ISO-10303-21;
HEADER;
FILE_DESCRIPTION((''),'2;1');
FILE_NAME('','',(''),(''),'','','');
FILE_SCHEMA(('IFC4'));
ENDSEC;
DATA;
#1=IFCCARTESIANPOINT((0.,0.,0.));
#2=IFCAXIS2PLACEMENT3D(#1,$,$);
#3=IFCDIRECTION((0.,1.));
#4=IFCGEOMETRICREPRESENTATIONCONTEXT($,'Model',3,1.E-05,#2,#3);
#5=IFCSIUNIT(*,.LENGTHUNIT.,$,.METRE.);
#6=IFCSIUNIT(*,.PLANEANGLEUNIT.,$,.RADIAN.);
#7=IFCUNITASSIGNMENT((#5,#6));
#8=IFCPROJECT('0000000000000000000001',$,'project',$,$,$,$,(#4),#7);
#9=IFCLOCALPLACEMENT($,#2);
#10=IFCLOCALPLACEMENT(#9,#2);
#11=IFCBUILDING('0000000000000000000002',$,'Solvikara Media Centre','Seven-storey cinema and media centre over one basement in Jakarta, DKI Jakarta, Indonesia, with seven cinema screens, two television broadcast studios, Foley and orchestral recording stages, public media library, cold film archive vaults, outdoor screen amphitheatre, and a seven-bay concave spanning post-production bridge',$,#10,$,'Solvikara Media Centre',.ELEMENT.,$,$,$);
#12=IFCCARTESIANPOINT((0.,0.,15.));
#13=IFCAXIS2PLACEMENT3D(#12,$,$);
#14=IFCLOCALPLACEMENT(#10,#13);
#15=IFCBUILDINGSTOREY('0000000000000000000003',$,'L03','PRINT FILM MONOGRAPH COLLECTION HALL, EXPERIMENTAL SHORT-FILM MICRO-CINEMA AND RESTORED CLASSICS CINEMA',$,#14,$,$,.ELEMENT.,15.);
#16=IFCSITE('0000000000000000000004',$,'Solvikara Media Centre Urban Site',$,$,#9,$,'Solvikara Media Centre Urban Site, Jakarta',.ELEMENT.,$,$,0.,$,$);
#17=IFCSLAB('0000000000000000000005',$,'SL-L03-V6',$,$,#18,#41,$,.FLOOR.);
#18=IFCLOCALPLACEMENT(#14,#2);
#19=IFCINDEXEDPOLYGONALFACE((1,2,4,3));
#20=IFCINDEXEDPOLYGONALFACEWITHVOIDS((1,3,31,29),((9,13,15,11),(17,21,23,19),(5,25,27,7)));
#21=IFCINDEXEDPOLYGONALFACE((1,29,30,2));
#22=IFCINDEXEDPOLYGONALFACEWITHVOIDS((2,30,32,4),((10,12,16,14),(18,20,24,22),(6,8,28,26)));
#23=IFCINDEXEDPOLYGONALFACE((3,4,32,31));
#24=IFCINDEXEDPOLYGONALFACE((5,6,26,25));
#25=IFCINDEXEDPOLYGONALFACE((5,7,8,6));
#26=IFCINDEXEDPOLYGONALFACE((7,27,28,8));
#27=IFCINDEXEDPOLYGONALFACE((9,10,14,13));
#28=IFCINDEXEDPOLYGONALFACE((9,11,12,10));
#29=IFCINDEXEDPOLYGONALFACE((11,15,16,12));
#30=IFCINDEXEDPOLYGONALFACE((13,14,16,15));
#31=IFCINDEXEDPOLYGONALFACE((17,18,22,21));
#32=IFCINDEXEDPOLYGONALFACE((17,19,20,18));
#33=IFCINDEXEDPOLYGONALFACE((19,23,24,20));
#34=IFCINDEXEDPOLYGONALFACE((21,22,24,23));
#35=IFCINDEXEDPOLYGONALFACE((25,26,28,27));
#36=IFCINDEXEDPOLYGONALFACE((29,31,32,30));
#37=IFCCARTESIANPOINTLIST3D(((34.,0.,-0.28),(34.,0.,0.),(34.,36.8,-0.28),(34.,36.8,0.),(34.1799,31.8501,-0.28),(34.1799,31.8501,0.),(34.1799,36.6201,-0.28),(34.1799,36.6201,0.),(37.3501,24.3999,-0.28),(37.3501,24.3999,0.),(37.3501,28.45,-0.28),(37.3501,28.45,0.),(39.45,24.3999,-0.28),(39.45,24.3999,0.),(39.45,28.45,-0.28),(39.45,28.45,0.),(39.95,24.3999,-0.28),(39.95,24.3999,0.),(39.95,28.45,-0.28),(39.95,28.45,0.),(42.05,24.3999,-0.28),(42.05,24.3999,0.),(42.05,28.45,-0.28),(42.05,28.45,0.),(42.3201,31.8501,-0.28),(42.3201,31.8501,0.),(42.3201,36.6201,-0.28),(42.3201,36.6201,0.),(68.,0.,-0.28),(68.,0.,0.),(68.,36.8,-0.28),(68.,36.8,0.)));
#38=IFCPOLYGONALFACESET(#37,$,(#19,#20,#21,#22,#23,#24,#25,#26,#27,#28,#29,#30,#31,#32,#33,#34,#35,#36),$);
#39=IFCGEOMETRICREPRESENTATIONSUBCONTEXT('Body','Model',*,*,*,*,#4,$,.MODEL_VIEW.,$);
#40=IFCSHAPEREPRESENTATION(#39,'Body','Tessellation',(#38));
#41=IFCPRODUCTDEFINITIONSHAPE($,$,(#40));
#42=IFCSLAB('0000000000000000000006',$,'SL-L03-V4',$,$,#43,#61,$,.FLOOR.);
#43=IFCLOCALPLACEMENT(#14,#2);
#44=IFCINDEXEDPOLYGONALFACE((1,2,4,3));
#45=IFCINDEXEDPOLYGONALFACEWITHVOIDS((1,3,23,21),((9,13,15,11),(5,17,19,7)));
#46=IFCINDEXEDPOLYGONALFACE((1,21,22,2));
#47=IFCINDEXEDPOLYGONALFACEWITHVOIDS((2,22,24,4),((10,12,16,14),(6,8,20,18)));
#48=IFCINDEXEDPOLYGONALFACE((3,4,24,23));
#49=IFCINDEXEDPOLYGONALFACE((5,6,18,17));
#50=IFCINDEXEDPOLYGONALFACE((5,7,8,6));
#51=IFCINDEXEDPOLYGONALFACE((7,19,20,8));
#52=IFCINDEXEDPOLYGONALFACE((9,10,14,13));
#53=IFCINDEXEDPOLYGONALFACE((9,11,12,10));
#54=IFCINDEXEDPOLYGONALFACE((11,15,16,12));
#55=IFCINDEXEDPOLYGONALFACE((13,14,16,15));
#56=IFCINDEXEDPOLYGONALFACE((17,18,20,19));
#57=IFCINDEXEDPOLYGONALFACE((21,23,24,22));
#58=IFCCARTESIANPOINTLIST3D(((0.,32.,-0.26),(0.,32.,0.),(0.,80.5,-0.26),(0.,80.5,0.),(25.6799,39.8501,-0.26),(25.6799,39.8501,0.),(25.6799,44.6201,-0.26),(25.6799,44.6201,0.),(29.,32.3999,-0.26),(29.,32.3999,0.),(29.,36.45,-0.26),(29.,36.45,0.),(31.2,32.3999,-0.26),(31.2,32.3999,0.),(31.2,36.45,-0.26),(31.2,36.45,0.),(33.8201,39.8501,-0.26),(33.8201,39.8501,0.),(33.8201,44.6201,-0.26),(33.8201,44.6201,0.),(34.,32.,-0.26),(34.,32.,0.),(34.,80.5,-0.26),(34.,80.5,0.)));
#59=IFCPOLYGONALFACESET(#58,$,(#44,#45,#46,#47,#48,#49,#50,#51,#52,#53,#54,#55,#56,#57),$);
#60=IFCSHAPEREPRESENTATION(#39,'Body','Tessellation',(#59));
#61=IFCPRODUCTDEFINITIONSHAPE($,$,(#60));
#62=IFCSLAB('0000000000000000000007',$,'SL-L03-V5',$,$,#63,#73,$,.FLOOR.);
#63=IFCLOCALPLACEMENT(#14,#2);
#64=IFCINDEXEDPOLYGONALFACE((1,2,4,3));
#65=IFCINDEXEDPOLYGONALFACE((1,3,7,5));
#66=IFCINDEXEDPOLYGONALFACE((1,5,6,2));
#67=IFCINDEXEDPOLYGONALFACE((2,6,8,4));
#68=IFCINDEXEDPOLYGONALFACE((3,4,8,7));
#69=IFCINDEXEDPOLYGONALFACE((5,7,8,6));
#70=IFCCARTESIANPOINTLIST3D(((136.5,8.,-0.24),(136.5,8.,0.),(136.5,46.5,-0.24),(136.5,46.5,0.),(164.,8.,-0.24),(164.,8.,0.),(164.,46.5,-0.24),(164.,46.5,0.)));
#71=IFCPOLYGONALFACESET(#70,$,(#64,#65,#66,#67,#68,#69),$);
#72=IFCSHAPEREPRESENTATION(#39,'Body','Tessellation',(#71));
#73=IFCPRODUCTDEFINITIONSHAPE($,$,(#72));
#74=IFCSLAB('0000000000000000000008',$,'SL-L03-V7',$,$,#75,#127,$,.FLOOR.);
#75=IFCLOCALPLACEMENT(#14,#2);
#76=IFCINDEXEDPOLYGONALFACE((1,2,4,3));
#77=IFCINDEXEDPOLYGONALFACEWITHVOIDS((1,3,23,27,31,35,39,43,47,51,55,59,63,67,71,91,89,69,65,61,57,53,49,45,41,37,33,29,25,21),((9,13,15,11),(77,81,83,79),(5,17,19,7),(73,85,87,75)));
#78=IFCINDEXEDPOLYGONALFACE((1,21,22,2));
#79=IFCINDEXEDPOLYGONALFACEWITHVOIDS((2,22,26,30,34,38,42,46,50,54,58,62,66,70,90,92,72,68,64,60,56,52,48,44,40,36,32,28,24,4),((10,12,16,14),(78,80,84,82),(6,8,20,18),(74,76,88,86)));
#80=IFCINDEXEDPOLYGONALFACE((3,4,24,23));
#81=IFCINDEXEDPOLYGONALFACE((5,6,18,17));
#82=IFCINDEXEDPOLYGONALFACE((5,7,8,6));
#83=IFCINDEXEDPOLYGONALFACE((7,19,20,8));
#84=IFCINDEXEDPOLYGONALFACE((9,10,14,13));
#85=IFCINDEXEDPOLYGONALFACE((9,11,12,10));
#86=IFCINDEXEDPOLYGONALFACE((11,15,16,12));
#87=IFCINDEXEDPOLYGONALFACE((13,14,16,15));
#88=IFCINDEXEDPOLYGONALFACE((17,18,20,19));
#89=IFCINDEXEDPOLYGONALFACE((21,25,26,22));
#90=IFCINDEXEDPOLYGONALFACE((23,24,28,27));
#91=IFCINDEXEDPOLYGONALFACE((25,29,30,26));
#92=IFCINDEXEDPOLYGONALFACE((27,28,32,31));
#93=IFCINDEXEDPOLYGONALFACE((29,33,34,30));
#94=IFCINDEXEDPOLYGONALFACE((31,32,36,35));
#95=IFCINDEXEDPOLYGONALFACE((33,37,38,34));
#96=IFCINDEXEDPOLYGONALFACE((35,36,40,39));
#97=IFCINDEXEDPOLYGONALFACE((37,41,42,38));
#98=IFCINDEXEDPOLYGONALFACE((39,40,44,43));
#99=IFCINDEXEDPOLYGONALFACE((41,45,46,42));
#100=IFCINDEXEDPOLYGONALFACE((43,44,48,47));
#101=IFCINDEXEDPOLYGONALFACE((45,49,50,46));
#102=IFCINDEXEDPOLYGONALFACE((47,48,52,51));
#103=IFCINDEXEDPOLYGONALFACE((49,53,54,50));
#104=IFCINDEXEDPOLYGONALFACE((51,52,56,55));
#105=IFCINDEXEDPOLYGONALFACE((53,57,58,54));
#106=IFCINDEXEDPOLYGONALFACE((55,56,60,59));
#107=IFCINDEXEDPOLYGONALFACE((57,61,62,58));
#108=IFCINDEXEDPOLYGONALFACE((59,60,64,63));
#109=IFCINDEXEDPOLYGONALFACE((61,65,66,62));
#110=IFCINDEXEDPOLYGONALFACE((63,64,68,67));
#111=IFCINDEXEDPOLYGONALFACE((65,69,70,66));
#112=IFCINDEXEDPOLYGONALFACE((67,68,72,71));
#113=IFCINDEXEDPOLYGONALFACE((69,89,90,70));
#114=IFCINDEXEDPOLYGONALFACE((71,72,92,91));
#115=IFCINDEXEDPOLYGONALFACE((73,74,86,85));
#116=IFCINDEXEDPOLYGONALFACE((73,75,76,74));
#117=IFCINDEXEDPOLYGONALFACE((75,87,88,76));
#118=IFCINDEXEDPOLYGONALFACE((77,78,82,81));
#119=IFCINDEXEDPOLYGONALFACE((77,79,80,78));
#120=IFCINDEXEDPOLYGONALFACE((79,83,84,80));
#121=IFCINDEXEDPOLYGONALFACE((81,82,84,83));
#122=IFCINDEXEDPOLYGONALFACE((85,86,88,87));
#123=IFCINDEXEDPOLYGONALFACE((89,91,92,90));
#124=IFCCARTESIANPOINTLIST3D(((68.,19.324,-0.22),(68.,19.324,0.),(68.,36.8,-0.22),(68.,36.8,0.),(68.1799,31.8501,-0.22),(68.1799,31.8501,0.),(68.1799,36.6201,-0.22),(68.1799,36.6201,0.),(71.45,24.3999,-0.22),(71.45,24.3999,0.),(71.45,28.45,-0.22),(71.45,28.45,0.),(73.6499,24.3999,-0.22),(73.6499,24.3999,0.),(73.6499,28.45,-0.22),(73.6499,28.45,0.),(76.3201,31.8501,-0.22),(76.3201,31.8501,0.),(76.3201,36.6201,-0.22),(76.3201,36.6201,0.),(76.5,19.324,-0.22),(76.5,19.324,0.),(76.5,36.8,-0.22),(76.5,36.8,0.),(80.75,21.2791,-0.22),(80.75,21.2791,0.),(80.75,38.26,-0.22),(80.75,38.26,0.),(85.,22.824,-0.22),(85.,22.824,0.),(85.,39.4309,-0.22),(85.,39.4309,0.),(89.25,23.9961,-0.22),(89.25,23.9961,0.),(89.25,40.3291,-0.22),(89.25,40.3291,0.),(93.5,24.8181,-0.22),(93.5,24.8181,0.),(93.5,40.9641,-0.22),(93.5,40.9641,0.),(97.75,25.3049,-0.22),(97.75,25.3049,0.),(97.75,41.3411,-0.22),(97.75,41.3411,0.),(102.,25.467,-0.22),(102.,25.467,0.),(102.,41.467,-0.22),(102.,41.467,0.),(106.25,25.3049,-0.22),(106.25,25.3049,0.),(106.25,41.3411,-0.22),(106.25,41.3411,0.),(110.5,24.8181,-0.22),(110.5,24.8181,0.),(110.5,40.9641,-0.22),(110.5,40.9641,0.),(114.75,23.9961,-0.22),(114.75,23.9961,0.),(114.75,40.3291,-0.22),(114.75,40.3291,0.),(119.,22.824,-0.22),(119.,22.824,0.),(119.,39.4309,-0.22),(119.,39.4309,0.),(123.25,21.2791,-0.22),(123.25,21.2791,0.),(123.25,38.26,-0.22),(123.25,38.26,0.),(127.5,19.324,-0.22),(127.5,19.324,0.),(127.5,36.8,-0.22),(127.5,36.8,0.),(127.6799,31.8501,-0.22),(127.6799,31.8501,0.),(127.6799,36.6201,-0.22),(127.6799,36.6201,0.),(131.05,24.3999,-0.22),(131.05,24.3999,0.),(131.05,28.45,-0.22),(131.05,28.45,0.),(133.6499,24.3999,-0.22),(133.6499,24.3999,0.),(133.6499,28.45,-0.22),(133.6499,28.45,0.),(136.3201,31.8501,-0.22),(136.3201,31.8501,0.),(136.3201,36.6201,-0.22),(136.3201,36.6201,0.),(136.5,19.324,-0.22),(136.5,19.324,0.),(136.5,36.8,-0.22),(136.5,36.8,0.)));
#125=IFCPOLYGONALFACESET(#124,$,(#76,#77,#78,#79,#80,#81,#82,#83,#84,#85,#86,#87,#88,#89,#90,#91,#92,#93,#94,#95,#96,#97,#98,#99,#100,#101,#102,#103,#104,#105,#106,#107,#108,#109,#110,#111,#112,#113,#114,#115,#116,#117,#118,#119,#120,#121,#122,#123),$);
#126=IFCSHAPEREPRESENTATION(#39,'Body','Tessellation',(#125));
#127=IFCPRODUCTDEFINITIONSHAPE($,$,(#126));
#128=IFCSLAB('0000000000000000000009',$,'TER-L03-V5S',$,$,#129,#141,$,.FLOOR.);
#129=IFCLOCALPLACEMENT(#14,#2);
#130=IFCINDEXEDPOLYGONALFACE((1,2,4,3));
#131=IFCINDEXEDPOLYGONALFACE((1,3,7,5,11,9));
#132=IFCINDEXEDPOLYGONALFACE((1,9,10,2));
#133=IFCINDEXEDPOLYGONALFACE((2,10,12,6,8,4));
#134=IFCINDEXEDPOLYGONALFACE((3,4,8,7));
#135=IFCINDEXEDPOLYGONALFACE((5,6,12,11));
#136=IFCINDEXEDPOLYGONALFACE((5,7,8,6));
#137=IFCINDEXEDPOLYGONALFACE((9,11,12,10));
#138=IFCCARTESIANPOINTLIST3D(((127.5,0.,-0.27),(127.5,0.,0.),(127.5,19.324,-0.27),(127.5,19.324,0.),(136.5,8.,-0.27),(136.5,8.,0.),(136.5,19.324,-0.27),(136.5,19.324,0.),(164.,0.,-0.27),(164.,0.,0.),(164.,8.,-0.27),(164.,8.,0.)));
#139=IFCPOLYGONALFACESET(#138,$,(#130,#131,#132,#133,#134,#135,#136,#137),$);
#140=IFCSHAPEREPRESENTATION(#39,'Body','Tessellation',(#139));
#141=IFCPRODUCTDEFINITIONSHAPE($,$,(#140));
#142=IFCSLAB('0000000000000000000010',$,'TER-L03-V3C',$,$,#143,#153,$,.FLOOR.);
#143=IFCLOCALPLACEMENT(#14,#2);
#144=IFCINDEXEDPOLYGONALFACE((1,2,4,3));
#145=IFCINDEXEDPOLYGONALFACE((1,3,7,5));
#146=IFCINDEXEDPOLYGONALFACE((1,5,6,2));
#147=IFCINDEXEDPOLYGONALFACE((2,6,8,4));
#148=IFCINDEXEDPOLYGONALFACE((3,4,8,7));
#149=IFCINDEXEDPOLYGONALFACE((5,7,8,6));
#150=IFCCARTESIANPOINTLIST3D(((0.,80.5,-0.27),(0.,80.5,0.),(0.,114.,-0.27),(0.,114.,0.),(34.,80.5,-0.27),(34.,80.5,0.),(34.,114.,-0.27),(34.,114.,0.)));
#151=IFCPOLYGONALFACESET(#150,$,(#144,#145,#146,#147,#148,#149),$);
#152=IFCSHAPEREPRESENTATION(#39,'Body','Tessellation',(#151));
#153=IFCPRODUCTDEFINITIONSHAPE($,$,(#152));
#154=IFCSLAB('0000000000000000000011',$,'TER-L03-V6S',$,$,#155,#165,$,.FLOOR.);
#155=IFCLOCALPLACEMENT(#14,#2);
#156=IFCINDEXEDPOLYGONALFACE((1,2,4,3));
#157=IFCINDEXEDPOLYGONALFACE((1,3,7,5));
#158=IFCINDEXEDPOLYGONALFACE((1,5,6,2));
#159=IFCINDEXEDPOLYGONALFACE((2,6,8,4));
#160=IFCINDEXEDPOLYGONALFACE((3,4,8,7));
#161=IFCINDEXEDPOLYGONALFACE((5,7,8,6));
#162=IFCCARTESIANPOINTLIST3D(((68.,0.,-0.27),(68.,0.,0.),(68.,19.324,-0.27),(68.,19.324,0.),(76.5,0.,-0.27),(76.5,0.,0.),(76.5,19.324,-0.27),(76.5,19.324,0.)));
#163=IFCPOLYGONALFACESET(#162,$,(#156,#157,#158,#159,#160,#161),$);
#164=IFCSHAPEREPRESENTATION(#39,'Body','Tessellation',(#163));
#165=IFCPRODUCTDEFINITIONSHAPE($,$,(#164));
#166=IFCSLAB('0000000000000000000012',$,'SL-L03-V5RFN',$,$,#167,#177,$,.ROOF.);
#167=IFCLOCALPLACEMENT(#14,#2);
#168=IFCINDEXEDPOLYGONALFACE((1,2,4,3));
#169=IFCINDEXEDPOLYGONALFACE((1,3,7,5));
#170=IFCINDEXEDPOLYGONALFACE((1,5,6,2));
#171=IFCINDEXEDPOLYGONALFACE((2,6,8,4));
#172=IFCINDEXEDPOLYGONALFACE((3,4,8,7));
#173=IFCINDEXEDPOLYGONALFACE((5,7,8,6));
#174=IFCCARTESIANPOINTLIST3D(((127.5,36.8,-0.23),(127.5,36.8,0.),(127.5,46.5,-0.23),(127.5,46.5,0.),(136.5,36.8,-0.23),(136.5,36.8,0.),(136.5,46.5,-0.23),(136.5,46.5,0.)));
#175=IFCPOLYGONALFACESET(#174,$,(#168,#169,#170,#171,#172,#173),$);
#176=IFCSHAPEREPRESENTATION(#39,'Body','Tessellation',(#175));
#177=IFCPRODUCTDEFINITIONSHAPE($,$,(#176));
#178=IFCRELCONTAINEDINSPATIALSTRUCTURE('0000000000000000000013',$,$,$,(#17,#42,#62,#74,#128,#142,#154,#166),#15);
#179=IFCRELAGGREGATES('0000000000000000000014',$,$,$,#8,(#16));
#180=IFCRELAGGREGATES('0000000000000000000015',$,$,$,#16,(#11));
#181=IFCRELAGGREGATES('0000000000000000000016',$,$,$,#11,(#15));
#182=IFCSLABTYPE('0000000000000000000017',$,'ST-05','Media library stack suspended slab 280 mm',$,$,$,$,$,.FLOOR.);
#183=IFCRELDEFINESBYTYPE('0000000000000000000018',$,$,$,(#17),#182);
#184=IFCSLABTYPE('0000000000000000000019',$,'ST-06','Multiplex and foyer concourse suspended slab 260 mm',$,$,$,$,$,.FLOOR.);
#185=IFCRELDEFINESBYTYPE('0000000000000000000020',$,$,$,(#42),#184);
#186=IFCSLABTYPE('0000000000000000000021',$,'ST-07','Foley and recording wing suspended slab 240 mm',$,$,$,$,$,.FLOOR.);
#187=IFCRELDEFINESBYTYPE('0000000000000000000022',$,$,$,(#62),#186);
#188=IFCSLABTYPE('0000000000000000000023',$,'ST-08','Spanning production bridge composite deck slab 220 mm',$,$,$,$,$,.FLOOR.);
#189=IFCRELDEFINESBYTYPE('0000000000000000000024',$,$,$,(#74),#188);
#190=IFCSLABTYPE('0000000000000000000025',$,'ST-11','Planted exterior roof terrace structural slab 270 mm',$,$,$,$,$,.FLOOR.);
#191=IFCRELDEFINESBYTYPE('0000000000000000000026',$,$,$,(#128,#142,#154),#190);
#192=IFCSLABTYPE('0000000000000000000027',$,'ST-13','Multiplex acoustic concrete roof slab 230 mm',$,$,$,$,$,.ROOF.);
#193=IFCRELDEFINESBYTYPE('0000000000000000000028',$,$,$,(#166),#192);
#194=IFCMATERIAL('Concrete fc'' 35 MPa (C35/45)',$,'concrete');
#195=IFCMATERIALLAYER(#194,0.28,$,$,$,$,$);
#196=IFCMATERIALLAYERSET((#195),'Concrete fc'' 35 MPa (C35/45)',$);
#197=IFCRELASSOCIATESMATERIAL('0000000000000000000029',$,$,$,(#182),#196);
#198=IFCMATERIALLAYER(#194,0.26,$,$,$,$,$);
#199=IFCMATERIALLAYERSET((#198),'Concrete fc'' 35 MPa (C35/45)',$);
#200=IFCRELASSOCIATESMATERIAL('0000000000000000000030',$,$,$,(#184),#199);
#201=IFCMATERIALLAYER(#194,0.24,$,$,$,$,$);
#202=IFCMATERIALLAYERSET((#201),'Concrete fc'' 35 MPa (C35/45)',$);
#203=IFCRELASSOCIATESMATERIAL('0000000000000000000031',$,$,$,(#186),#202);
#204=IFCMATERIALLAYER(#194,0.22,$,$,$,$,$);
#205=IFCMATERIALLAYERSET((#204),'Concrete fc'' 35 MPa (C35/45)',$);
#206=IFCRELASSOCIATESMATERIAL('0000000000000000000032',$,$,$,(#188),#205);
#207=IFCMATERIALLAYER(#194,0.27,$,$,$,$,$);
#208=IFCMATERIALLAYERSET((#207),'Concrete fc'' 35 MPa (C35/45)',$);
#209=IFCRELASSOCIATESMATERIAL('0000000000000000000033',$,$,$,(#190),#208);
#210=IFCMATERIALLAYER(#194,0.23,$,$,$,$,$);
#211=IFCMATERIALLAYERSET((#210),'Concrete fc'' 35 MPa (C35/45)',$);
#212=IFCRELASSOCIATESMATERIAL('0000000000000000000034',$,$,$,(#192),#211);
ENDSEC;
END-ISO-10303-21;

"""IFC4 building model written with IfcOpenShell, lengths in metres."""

from ifc_helpers import new_model, si_unit, direction, frame, origin, place, context, subcontext, project, spatial, polyline, outline, extrude, material, layer, layer_set, type_object, element, save


model = new_model("IFC4")

# Units and contexts
model_context = context("Model", 3, precision=1e-05, world=origin(), true_north=direction((0.0, 1.0)))
body_context = subcontext(model_context, "Body", "Model", "MODEL_VIEW")
ifc_project = project(units=[si_unit("LENGTHUNIT", "METRE"), si_unit("PLANEANGLEUNIT", "RADIAN")], contexts=[model_context])

# Site, building, storey
site_placement = place(None, origin())
site = spatial("IfcSite", under=ifc_project, at=site_placement, Name="Solvikara Media Centre Urban Site", LongName="Solvikara Media Centre Urban Site, Jakarta", CompositionType="ELEMENT", RefElevation=0.0)
building_placement = place(site_placement, origin())
building = spatial("IfcBuilding", under=site, at=building_placement, Name="Solvikara Media Centre", Description="Seven-storey cinema and media centre over one basement in Jakarta, DKI Jakarta, Indonesia, with seven cinema screens, two television broadcast studios, Foley and orchestral recording stages, public media library, cold film archive vaults, outdoor screen amphitheatre, and a seven-bay concave spanning post-production bridge", LongName="Solvikara Media Centre", CompositionType="ELEMENT")
storey_placement = place(building_placement, frame((0.0, 0.0, 15.0)))
storey = spatial("IfcBuildingStorey", under=building, at=storey_placement, Name="L03", Description="PRINT FILM MONOGRAPH COLLECTION HALL, EXPERIMENTAL SHORT-FILM MICRO-CINEMA AND RESTORED CLASSICS CINEMA", CompositionType="ELEMENT", Elevation=15.0)

# Slabs
ifc_material_1 = material(Name="Concrete fc' 35 MPa (C35/45)", Category="concrete")
ifc_layer_1 = layer(ifc_material_1, 0.28)
ifc_layer_set_1 = layer_set([ifc_layer_1], Name="Concrete fc' 35 MPa (C35/45)")
slab_type_1 = type_object("IfcSlabType", Name="ST-05", Description="Media library stack suspended slab 280 mm", PredefinedType="FLOOR", material=ifc_layer_set_1)
slab_1_placement = place(storey_placement, frame((0.0, 0.0, -0.28)))
element("IfcSlab", 1, at=slab_1_placement, inside=storey, type_object=slab_type_1, Name="SL-L03-V6", PredefinedType="FLOOR", context=body_context, shape_type="SweptSolid", body=[
    extrude(outline(polyline([(34.0, 0.0), (68.0, 0.0), (68.0, 36.8), (34.0, 36.8), (34.0, 0.0)]), holes=[polyline([(34.1799, 31.8501), (42.3201, 31.8501), (42.3201, 36.6201), (34.1799, 36.6201), (34.1799, 31.8501)]), polyline([(37.3501, 24.3999), (39.45, 24.3999), (39.45, 28.45), (37.3501, 28.45), (37.3501, 24.3999)]), polyline([(39.95, 24.3999), (42.05, 24.3999), (42.05, 28.45), (39.95, 28.45), (39.95, 24.3999)])]), origin(), (0.0, 0.0, 1.0), 0.28),
])
ifc_layer_2 = layer(ifc_material_1, 0.26)
ifc_layer_set_2 = layer_set([ifc_layer_2], Name="Concrete fc' 35 MPa (C35/45)")
slab_type_2 = type_object("IfcSlabType", Name="ST-06", Description="Multiplex and foyer concourse suspended slab 260 mm", PredefinedType="FLOOR", material=ifc_layer_set_2)
slab_2_placement = place(storey_placement, frame((0.0, 0.0, -0.26)))
element("IfcSlab", 2, at=slab_2_placement, inside=storey, type_object=slab_type_2, Name="SL-L03-V4", PredefinedType="FLOOR", context=body_context, shape_type="SweptSolid", body=[
    extrude(outline(polyline([(0.0, 32.0), (34.0, 32.0), (34.0, 80.5), (0.0, 80.5), (0.0, 32.0)]), holes=[polyline([(25.6799, 39.8501), (33.8201, 39.8501), (33.8201, 44.6201), (25.6799, 44.6201), (25.6799, 39.8501)]), polyline([(29.0, 32.3999), (31.2, 32.3999), (31.2, 36.45), (29.0, 36.45), (29.0, 32.3999)])]), origin(), (0.0, 0.0, 1.0), 0.26),
])
ifc_layer_3 = layer(ifc_material_1, 0.24)
ifc_layer_set_3 = layer_set([ifc_layer_3], Name="Concrete fc' 35 MPa (C35/45)")
slab_type_3 = type_object("IfcSlabType", Name="ST-07", Description="Foley and recording wing suspended slab 240 mm", PredefinedType="FLOOR", material=ifc_layer_set_3)
slab_3_placement = place(storey_placement, frame((0.0, 0.0, -0.24)))
element("IfcSlab", 3, at=slab_3_placement, inside=storey, type_object=slab_type_3, Name="SL-L03-V5", PredefinedType="FLOOR", context=body_context, shape_type="SweptSolid", body=[
    extrude(outline(polyline([(136.5, 8.0), (164.0, 8.0), (164.0, 46.5), (136.5, 46.5), (136.5, 8.0)])), origin(), (0.0, 0.0, 1.0), 0.24),
])
ifc_layer_4 = layer(ifc_material_1, 0.22)
ifc_layer_set_4 = layer_set([ifc_layer_4], Name="Concrete fc' 35 MPa (C35/45)")
slab_type_4 = type_object("IfcSlabType", Name="ST-08", Description="Spanning production bridge composite deck slab 220 mm", PredefinedType="FLOOR", material=ifc_layer_set_4)
slab_4_placement = place(storey_placement, frame((0.0, 0.0, -0.22)))
element("IfcSlab", 4, at=slab_4_placement, inside=storey, type_object=slab_type_4, Name="SL-L03-V7", PredefinedType="FLOOR", context=body_context, shape_type="SweptSolid", body=[
    extrude(outline(polyline([(68.0, 19.324), (76.5, 19.324), (80.75, 21.2791), (85.0, 22.824), (89.25, 23.9961), (93.5, 24.8181), (97.75, 25.3049), (102.0, 25.467), (106.25, 25.3049), (110.5, 24.8181), (114.75, 23.9961), (119.0, 22.824), (123.25, 21.2791), (127.5, 19.324), (136.5, 19.324), (136.5, 36.8), (127.5, 36.8), (123.25, 38.26), (119.0, 39.4309), (114.75, 40.3291), (110.5, 40.9641), (106.25, 41.3411), (102.0, 41.467), (97.75, 41.3411), (93.5, 40.9641), (89.25, 40.3291), (85.0, 39.4309), (80.75, 38.26), (76.5, 36.8), (68.0, 36.8), (68.0, 19.324)]), holes=[polyline([(68.1799, 31.8501), (76.3201, 31.8501), (76.3201, 36.6201), (68.1799, 36.6201), (68.1799, 31.8501)]), polyline([(71.45, 24.3999), (73.6499, 24.3999), (73.6499, 28.45), (71.45, 28.45), (71.45, 24.3999)]), polyline([(127.6799, 31.8501), (136.3201, 31.8501), (136.3201, 36.6201), (127.6799, 36.6201), (127.6799, 31.8501)]), polyline([(131.05, 24.3999), (133.6499, 24.3999), (133.6499, 28.45), (131.05, 28.45), (131.05, 24.3999)])]), origin(), (0.0, 0.0, 1.0), 0.22),
])
ifc_layer_5 = layer(ifc_material_1, 0.27)
ifc_layer_set_5 = layer_set([ifc_layer_5], Name="Concrete fc' 35 MPa (C35/45)")
slab_type_5 = type_object("IfcSlabType", Name="ST-11", Description="Planted exterior roof terrace structural slab 270 mm", PredefinedType="FLOOR", material=ifc_layer_set_5)
slab_5_placement = place(storey_placement, frame((0.0, 0.0, -0.27)))
element("IfcSlab", 5, at=slab_5_placement, inside=storey, type_object=slab_type_5, Name="TER-L03-V5S", PredefinedType="FLOOR", context=body_context, shape_type="SweptSolid", body=[
    extrude(outline(polyline([(127.5, 0.0), (164.0, 0.0), (164.0, 8.0), (136.5, 8.0), (136.5, 19.324), (127.5, 19.324), (127.5, 0.0)])), origin(), (0.0, 0.0, 1.0), 0.27),
])
slab_6_placement = place(storey_placement, frame((0.0, 0.0, -0.27)))
element("IfcSlab", 6, at=slab_6_placement, inside=storey, type_object=slab_type_5, Name="TER-L03-V3C", PredefinedType="FLOOR", context=body_context, shape_type="SweptSolid", body=[
    extrude(outline(polyline([(0.0, 80.5), (34.0, 80.5), (34.0, 114.0), (0.0, 114.0), (0.0, 80.5)])), origin(), (0.0, 0.0, 1.0), 0.27),
])
slab_7_placement = place(storey_placement, frame((0.0, 0.0, -0.27)))
element("IfcSlab", 7, at=slab_7_placement, inside=storey, type_object=slab_type_5, Name="TER-L03-V6S", PredefinedType="FLOOR", context=body_context, shape_type="SweptSolid", body=[
    extrude(outline(polyline([(68.0, 0.0), (76.5, 0.0), (76.5, 19.324), (68.0, 19.324), (68.0, 0.0)])), origin(), (0.0, 0.0, 1.0), 0.27),
])
ifc_layer_6 = layer(ifc_material_1, 0.23)
ifc_layer_set_6 = layer_set([ifc_layer_6], Name="Concrete fc' 35 MPa (C35/45)")
slab_type_6 = type_object("IfcSlabType", Name="ST-13", Description="Multiplex acoustic concrete roof slab 230 mm", PredefinedType="ROOF", material=ifc_layer_set_6)
slab_8_placement = place(storey_placement, frame((0.0, 0.0, -0.23)))
element("IfcSlab", 8, at=slab_8_placement, inside=storey, type_object=slab_type_6, Name="SL-L03-V5RFN", PredefinedType="ROOF", context=body_context, shape_type="SweptSolid", body=[
    extrude(outline(polyline([(127.5, 36.8), (136.5, 36.8), (136.5, 46.5), (127.5, 46.5), (127.5, 36.8)])), origin(), (0.0, 0.0, 1.0), 0.23),
])

save(model, "model.ifc")
